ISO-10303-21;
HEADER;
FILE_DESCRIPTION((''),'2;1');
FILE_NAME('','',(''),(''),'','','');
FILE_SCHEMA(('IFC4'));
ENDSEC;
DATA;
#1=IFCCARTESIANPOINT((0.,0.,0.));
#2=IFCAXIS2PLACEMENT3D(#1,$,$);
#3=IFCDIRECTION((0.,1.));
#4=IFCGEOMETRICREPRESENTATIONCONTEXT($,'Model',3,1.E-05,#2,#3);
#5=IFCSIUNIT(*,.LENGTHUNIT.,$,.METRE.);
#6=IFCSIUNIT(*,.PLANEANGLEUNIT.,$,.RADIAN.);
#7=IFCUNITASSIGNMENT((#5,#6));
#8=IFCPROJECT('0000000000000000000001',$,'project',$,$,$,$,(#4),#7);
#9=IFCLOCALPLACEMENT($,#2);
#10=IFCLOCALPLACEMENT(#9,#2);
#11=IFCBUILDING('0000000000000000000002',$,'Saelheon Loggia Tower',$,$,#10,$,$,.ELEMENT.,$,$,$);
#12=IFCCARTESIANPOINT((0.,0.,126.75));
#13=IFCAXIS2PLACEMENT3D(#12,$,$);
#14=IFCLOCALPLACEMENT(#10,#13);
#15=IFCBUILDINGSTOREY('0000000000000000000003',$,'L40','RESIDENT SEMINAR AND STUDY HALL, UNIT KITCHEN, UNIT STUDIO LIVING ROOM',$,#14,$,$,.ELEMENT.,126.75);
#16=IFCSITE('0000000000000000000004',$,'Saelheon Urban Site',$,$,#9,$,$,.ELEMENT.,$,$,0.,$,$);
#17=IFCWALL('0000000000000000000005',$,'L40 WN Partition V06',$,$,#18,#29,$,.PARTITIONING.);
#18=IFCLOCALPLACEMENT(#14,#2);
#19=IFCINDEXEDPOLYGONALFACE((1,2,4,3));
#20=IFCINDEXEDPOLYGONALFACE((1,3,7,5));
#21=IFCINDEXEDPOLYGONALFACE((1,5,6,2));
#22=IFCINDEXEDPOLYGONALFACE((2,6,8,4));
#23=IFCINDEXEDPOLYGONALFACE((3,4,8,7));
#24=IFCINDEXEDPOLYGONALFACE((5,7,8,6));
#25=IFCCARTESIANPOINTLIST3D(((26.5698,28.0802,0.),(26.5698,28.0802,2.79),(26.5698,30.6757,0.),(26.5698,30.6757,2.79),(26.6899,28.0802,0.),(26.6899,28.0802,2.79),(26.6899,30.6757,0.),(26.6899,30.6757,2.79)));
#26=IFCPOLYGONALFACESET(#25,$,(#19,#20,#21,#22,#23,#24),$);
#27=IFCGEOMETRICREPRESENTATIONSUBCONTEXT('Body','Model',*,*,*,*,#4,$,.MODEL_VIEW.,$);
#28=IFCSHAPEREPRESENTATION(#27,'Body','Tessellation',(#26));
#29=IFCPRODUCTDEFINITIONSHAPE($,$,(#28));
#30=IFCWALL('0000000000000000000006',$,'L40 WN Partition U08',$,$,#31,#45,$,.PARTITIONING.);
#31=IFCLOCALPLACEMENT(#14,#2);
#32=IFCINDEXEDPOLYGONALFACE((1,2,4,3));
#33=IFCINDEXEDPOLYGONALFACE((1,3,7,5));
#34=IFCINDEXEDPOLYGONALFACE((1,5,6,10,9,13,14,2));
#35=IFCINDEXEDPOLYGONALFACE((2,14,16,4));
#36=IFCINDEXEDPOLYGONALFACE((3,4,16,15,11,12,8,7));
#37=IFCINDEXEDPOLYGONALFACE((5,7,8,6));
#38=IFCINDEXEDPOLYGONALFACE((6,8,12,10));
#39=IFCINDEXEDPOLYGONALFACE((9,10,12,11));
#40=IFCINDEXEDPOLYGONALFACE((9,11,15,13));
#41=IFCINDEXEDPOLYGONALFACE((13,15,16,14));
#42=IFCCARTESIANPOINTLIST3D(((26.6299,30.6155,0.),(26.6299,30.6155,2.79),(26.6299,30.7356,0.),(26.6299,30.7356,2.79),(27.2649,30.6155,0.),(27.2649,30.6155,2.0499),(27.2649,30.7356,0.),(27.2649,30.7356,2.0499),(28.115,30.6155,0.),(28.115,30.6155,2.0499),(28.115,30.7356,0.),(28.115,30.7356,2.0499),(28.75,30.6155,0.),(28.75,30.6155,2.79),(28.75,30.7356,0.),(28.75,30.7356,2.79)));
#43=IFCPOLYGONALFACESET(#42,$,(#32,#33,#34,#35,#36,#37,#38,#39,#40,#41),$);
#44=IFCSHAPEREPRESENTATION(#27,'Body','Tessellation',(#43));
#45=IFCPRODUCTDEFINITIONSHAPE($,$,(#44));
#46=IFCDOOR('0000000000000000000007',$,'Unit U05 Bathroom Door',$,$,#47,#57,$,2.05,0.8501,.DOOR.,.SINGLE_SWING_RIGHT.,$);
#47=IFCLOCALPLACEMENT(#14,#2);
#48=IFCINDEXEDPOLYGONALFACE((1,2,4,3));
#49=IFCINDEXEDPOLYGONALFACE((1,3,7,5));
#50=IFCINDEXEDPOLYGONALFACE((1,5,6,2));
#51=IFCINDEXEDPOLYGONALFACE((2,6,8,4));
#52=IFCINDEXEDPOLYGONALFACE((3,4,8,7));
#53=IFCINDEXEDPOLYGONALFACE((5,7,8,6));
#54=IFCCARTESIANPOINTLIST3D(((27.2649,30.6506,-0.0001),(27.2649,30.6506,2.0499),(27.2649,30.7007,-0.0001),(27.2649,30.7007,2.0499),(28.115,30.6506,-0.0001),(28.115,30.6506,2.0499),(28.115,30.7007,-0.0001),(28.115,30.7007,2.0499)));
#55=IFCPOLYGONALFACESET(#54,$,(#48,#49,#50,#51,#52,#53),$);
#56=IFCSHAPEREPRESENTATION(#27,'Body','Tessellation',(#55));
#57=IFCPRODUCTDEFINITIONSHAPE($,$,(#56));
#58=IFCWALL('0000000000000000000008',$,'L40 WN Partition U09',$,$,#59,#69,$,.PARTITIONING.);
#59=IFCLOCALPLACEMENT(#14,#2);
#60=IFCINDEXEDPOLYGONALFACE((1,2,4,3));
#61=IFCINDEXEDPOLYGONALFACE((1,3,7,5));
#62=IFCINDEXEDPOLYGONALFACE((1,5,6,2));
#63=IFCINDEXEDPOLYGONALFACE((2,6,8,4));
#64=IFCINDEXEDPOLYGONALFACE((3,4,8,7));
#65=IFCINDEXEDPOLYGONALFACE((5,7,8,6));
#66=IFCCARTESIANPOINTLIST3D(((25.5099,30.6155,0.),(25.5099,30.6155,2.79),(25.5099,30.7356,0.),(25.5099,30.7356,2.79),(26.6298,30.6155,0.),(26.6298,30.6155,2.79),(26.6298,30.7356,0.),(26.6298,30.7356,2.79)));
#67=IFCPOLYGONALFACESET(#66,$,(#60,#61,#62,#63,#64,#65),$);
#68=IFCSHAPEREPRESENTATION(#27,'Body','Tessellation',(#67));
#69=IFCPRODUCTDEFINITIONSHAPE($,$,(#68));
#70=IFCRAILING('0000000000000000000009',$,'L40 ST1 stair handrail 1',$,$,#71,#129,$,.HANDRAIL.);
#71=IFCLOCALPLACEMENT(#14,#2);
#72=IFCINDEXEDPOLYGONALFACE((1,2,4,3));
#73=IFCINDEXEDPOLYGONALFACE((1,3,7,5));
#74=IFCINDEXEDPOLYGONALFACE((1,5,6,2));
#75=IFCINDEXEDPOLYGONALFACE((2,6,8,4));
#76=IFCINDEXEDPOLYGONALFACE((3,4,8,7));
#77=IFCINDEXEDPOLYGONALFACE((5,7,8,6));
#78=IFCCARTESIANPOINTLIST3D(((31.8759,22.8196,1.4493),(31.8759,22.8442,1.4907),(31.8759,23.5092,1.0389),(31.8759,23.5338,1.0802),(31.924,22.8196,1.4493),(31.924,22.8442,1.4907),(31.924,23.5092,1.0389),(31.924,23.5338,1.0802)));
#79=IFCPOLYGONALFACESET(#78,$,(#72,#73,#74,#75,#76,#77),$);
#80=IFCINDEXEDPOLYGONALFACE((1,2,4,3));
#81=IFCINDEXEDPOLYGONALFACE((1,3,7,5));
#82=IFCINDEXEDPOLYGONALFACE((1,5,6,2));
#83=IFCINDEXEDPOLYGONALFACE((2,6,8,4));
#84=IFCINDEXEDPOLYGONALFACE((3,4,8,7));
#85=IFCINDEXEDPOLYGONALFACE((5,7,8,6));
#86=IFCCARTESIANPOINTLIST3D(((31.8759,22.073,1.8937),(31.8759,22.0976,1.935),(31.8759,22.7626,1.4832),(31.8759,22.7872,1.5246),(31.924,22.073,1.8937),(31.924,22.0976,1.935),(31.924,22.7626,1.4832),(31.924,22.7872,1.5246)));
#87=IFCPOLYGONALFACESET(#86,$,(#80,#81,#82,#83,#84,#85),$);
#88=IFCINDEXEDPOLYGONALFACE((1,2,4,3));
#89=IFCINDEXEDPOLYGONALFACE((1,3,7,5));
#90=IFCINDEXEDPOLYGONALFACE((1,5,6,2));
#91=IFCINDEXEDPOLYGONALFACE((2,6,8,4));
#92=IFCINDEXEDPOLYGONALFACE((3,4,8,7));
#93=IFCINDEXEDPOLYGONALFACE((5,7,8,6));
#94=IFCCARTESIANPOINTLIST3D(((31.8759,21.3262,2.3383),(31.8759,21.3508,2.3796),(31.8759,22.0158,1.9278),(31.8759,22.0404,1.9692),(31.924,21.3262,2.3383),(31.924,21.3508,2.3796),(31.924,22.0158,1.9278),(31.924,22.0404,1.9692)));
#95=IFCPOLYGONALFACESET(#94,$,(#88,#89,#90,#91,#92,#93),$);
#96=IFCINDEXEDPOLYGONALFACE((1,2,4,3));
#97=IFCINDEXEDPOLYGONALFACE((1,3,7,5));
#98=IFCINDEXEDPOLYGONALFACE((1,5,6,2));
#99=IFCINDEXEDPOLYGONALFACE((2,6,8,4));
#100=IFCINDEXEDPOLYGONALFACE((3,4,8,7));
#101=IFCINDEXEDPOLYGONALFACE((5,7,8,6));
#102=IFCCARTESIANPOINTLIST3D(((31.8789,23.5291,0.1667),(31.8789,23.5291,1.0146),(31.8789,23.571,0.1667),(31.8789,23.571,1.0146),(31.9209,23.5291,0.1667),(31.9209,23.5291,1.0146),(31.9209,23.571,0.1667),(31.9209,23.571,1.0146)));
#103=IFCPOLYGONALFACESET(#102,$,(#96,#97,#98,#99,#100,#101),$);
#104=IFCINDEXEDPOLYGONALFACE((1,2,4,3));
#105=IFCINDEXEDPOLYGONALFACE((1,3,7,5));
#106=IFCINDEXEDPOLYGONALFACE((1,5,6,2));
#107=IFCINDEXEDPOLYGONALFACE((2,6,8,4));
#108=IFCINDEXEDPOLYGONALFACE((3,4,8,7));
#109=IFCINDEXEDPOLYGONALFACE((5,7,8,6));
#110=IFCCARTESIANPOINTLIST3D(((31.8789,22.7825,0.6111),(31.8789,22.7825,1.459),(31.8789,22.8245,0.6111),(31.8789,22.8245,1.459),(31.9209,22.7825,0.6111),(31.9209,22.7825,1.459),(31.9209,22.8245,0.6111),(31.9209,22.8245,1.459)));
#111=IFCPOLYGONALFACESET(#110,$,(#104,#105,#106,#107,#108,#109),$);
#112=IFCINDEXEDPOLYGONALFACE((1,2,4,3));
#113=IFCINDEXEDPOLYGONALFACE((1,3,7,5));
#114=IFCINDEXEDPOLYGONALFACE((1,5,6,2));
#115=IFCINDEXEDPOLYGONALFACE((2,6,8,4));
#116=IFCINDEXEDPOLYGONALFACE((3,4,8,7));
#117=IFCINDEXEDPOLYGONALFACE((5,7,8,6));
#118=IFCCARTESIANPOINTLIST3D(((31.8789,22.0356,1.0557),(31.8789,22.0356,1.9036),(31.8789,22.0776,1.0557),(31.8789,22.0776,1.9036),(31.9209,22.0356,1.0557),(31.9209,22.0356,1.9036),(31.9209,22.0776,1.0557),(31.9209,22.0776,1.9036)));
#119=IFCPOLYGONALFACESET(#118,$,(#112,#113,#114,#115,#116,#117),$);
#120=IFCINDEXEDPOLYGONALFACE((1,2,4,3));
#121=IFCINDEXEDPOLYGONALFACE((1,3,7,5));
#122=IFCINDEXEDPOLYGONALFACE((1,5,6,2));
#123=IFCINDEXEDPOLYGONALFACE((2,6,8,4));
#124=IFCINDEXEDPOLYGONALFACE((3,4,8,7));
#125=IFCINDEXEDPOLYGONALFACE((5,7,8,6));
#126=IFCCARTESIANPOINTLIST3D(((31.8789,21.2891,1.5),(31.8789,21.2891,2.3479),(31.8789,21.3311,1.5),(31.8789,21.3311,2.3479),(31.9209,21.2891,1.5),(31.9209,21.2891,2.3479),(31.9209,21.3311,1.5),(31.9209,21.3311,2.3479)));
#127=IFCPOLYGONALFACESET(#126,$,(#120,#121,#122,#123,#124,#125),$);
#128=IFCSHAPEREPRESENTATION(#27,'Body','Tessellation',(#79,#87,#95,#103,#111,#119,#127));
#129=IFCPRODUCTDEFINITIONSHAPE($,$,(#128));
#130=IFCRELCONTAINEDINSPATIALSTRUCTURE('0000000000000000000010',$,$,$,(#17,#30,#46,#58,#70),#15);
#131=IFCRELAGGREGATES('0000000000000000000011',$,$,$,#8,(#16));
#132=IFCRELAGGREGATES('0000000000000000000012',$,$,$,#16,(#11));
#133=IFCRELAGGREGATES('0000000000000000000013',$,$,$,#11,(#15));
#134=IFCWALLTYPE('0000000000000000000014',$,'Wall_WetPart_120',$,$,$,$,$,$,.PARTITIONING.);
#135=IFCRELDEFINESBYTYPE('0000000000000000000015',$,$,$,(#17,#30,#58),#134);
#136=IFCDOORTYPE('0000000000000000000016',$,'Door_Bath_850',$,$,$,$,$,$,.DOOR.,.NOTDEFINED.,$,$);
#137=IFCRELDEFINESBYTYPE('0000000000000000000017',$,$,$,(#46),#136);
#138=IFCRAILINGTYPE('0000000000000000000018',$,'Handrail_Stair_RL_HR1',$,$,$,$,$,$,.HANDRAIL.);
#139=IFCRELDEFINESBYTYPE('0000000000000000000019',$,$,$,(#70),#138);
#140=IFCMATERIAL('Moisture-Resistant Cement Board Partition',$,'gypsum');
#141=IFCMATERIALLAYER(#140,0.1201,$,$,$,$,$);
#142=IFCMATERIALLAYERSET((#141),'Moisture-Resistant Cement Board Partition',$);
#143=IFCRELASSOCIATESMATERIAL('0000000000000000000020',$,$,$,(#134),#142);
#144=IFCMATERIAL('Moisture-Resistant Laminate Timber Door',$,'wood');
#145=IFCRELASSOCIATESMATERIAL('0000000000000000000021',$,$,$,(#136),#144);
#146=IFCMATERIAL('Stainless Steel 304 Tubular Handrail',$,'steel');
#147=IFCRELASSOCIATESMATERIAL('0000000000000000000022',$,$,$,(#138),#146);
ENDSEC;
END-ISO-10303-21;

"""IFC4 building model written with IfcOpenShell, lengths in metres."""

from ifc_helpers import new_model, si_unit, direction, frame, frame_2d, origin, origin_2d, place, context, subcontext, project, spatial, rectangle, extrude, source, transform, mapped, material, layer, layer_set, type_object, element, fill, save


model = new_model("IFC4")

# Units and contexts
model_context = context("Model", 3, precision=1e-05, world=origin(), true_north=direction((0.0, 1.0)))
body_context = subcontext(model_context, "Body", "Model", "MODEL_VIEW")
ifc_project = project(units=[si_unit("LENGTHUNIT", "METRE"), si_unit("PLANEANGLEUNIT", "RADIAN")], contexts=[model_context])

# Site, building, storey
site_placement = place(None, origin())
site = spatial("IfcSite", under=ifc_project, at=site_placement, Name="Saelheon Urban Site", CompositionType="ELEMENT", RefElevation=0.0)
building_placement = place(site_placement, origin())
building = spatial("IfcBuilding", under=site, at=building_placement, Name="Saelheon Loggia Tower", CompositionType="ELEMENT")
storey_placement = place(building_placement, frame((0.0, 0.0, 126.75)))
storey = spatial("IfcBuildingStorey", under=building, at=storey_placement, Name="L40", Description="RESIDENT SEMINAR AND STUDY HALL, UNIT KITCHEN, UNIT STUDIO LIVING ROOM", CompositionType="ELEMENT", Elevation=126.75)

# Shared definitions
ifc_material_1 = material(Name="Moisture-Resistant Cement Board Partition", Category="gypsum")
ifc_layer_1 = layer(ifc_material_1, 0.1201)
ifc_layer_set_1 = layer_set([ifc_layer_1], Name="Moisture-Resistant Cement Board Partition")
wall_type_1 = type_object("IfcWallType", Name="Wall_WetPart_120", PredefinedType="PARTITIONING", material=ifc_layer_set_1)
ifc_material_2 = material(Name="Moisture-Resistant Laminate Timber Door", Category="wood")
door_type_1 = type_object("IfcDoorType", Name="Door_Bath_850", OperationType="NOTDEFINED", PredefinedType="DOOR", material=ifc_material_2)
shared_shape_1 = source(origin(), body_context, "Body", "SweptSolid", [
    extrude(rectangle(XDim=0.8501, YDim=2.05, at=frame_2d((0.425, 1.0249))), frame((0.0, 0.0249, 0.0), z_axis=(0.0, -1.0, 0.0), x_axis=(1.0, 0.0, 0.0)), (0.0, 0.0, 1.0), 0.05),
])

# Wall
wall_1_placement = place(storey_placement, frame((26.6299, 28.0801, 0.0), z_axis=(0.0, 0.0, 1.0), x_axis=(0.0, 1.0, 0.0)))
element("IfcWall", 1, at=wall_1_placement, inside=storey, type_object=wall_type_1, Name="L40 WN Partition V06", PredefinedType="PARTITIONING", context=body_context, shape_type="SweptSolid", body=[
    extrude(rectangle(XDim=2.5955, YDim=0.1201, at=frame_2d((1.2979, 0.0))), origin(), (0.0, 0.0, 1.0), 2.79),
])

# Wall, opening, door
wall_2_placement = place(storey_placement, frame((28.75, 30.6755, 0.0), z_axis=(0.0, 0.0, 1.0), x_axis=(-1.0, 0.0, 0.0)))
wall_2 = element("IfcWall", 2, at=wall_2_placement, inside=storey, type_object=wall_type_1, Name="L40 WN Partition U08", PredefinedType="PARTITIONING", context=body_context, shape_type="SweptSolid", body=[
    extrude(rectangle(XDim=2.1201, YDim=0.1201, at=frame_2d((1.0601, 0.0))), origin(), (0.0, 0.0, 1.0), 2.79),
])
opening_1_placement = place(wall_2_placement, frame((0.635, 0.0, 0.0)))
opening_1 = element("IfcOpeningElement", 3, at=opening_1_placement, cuts=wall_2, PredefinedType="OPENING", context=body_context, shape_type="SweptSolid", body=[
    extrude(rectangle(XDim=0.8501, YDim=2.05, at=frame_2d((0.425, 1.0249))), frame((0.0, 0.072, 0.0), z_axis=(0.0, -1.0, 0.0), x_axis=(1.0, 0.0, 0.0)), (0.0, 0.0, 1.0), 0.144),
])
door_1_placement = place(opening_1_placement, origin())
door_1 = element("IfcDoor", 4, at=door_1_placement, inside=storey, type_object=door_type_1, Name="Unit U05 Bathroom Door", OperationType="SINGLE_SWING_RIGHT", OverallHeight=2.05, OverallWidth=0.8501, PredefinedType="DOOR", context=body_context, shape_type="MappedRepresentation", body=[
    mapped(shared_shape_1, transform((0.0, 0.0, 0.0), scale=1.0)),
])
fill(opening_1, door_1)

# Wall
wall_3_placement = place(storey_placement, frame((26.6299, 30.6755, 0.0), z_axis=(0.0, 0.0, 1.0), x_axis=(-1.0, 0.0, 0.0)))
element("IfcWall", 5, at=wall_3_placement, inside=storey, type_object=wall_type_1, Name="L40 WN Partition U09", PredefinedType="PARTITIONING", context=body_context, shape_type="SweptSolid", body=[
    extrude(rectangle(XDim=1.1199, YDim=0.1201, at=frame_2d((0.5601, 0.0))), origin(), (0.0, 0.0, 1.0), 2.79),
])

# Railing
ifc_material_3 = material(Name="Stainless Steel 304 Tubular Handrail", Category="steel")
railing_type = type_object("IfcRailingType", Name="Handrail_Stair_RL_HR1", PredefinedType="HANDRAIL", material=ifc_material_3)
railing_placement = place(storey_placement, frame((31.8999, 23.55, 0.1667)))
element("IfcRailing", 6, at=railing_placement, inside=storey, type_object=railing_type, Name="L40 ST1 stair handrail 1", PredefinedType="HANDRAIL", context=body_context, shape_type="SweptSolid", body=[
    extrude(rectangle(XDim=0.0481, YDim=0.0481, at=origin_2d()), frame((0.0, -0.0286, 0.8928), z_axis=(0.0, -0.859306, 0.511462), x_axis=(1.0, 0.0, 0.0)), (0.0, 0.0, 1.0), 0.8025),
    extrude(rectangle(XDim=0.0481, YDim=0.0481, at=origin_2d()), frame((0.0, -0.7751, 1.3372), z_axis=(0.0, -0.859306, 0.511462), x_axis=(1.0, 0.0, 0.0)), (0.0, 0.0, 1.0), 0.8025),
    extrude(rectangle(XDim=0.0481, YDim=0.0481, at=origin_2d()), frame((0.0, -1.522, 1.7817), z_axis=(0.0, -0.859306, 0.511462), x_axis=(1.0, 0.0, 0.0)), (0.0, 0.0, 1.0), 0.8025),
    extrude(rectangle(XDim=0.042, YDim=0.042, at=origin_2d()), origin(), (0.0, 0.0, 1.0), 0.8479),
    extrude(rectangle(XDim=0.042, YDim=0.042, at=origin_2d()), frame((0.0, -0.7466, 0.4443)), (0.0, 0.0, 1.0), 0.8479),
    extrude(rectangle(XDim=0.042, YDim=0.042, at=origin_2d()), frame((0.0, -1.4934, 0.8889)), (0.0, 0.0, 1.0), 0.8479),
    extrude(rectangle(XDim=0.042, YDim=0.042, at=origin_2d()), frame((0.0, -2.24, 1.3333)), (0.0, 0.0, 1.0), 0.8479),
])

save(model, "model.ifc")
